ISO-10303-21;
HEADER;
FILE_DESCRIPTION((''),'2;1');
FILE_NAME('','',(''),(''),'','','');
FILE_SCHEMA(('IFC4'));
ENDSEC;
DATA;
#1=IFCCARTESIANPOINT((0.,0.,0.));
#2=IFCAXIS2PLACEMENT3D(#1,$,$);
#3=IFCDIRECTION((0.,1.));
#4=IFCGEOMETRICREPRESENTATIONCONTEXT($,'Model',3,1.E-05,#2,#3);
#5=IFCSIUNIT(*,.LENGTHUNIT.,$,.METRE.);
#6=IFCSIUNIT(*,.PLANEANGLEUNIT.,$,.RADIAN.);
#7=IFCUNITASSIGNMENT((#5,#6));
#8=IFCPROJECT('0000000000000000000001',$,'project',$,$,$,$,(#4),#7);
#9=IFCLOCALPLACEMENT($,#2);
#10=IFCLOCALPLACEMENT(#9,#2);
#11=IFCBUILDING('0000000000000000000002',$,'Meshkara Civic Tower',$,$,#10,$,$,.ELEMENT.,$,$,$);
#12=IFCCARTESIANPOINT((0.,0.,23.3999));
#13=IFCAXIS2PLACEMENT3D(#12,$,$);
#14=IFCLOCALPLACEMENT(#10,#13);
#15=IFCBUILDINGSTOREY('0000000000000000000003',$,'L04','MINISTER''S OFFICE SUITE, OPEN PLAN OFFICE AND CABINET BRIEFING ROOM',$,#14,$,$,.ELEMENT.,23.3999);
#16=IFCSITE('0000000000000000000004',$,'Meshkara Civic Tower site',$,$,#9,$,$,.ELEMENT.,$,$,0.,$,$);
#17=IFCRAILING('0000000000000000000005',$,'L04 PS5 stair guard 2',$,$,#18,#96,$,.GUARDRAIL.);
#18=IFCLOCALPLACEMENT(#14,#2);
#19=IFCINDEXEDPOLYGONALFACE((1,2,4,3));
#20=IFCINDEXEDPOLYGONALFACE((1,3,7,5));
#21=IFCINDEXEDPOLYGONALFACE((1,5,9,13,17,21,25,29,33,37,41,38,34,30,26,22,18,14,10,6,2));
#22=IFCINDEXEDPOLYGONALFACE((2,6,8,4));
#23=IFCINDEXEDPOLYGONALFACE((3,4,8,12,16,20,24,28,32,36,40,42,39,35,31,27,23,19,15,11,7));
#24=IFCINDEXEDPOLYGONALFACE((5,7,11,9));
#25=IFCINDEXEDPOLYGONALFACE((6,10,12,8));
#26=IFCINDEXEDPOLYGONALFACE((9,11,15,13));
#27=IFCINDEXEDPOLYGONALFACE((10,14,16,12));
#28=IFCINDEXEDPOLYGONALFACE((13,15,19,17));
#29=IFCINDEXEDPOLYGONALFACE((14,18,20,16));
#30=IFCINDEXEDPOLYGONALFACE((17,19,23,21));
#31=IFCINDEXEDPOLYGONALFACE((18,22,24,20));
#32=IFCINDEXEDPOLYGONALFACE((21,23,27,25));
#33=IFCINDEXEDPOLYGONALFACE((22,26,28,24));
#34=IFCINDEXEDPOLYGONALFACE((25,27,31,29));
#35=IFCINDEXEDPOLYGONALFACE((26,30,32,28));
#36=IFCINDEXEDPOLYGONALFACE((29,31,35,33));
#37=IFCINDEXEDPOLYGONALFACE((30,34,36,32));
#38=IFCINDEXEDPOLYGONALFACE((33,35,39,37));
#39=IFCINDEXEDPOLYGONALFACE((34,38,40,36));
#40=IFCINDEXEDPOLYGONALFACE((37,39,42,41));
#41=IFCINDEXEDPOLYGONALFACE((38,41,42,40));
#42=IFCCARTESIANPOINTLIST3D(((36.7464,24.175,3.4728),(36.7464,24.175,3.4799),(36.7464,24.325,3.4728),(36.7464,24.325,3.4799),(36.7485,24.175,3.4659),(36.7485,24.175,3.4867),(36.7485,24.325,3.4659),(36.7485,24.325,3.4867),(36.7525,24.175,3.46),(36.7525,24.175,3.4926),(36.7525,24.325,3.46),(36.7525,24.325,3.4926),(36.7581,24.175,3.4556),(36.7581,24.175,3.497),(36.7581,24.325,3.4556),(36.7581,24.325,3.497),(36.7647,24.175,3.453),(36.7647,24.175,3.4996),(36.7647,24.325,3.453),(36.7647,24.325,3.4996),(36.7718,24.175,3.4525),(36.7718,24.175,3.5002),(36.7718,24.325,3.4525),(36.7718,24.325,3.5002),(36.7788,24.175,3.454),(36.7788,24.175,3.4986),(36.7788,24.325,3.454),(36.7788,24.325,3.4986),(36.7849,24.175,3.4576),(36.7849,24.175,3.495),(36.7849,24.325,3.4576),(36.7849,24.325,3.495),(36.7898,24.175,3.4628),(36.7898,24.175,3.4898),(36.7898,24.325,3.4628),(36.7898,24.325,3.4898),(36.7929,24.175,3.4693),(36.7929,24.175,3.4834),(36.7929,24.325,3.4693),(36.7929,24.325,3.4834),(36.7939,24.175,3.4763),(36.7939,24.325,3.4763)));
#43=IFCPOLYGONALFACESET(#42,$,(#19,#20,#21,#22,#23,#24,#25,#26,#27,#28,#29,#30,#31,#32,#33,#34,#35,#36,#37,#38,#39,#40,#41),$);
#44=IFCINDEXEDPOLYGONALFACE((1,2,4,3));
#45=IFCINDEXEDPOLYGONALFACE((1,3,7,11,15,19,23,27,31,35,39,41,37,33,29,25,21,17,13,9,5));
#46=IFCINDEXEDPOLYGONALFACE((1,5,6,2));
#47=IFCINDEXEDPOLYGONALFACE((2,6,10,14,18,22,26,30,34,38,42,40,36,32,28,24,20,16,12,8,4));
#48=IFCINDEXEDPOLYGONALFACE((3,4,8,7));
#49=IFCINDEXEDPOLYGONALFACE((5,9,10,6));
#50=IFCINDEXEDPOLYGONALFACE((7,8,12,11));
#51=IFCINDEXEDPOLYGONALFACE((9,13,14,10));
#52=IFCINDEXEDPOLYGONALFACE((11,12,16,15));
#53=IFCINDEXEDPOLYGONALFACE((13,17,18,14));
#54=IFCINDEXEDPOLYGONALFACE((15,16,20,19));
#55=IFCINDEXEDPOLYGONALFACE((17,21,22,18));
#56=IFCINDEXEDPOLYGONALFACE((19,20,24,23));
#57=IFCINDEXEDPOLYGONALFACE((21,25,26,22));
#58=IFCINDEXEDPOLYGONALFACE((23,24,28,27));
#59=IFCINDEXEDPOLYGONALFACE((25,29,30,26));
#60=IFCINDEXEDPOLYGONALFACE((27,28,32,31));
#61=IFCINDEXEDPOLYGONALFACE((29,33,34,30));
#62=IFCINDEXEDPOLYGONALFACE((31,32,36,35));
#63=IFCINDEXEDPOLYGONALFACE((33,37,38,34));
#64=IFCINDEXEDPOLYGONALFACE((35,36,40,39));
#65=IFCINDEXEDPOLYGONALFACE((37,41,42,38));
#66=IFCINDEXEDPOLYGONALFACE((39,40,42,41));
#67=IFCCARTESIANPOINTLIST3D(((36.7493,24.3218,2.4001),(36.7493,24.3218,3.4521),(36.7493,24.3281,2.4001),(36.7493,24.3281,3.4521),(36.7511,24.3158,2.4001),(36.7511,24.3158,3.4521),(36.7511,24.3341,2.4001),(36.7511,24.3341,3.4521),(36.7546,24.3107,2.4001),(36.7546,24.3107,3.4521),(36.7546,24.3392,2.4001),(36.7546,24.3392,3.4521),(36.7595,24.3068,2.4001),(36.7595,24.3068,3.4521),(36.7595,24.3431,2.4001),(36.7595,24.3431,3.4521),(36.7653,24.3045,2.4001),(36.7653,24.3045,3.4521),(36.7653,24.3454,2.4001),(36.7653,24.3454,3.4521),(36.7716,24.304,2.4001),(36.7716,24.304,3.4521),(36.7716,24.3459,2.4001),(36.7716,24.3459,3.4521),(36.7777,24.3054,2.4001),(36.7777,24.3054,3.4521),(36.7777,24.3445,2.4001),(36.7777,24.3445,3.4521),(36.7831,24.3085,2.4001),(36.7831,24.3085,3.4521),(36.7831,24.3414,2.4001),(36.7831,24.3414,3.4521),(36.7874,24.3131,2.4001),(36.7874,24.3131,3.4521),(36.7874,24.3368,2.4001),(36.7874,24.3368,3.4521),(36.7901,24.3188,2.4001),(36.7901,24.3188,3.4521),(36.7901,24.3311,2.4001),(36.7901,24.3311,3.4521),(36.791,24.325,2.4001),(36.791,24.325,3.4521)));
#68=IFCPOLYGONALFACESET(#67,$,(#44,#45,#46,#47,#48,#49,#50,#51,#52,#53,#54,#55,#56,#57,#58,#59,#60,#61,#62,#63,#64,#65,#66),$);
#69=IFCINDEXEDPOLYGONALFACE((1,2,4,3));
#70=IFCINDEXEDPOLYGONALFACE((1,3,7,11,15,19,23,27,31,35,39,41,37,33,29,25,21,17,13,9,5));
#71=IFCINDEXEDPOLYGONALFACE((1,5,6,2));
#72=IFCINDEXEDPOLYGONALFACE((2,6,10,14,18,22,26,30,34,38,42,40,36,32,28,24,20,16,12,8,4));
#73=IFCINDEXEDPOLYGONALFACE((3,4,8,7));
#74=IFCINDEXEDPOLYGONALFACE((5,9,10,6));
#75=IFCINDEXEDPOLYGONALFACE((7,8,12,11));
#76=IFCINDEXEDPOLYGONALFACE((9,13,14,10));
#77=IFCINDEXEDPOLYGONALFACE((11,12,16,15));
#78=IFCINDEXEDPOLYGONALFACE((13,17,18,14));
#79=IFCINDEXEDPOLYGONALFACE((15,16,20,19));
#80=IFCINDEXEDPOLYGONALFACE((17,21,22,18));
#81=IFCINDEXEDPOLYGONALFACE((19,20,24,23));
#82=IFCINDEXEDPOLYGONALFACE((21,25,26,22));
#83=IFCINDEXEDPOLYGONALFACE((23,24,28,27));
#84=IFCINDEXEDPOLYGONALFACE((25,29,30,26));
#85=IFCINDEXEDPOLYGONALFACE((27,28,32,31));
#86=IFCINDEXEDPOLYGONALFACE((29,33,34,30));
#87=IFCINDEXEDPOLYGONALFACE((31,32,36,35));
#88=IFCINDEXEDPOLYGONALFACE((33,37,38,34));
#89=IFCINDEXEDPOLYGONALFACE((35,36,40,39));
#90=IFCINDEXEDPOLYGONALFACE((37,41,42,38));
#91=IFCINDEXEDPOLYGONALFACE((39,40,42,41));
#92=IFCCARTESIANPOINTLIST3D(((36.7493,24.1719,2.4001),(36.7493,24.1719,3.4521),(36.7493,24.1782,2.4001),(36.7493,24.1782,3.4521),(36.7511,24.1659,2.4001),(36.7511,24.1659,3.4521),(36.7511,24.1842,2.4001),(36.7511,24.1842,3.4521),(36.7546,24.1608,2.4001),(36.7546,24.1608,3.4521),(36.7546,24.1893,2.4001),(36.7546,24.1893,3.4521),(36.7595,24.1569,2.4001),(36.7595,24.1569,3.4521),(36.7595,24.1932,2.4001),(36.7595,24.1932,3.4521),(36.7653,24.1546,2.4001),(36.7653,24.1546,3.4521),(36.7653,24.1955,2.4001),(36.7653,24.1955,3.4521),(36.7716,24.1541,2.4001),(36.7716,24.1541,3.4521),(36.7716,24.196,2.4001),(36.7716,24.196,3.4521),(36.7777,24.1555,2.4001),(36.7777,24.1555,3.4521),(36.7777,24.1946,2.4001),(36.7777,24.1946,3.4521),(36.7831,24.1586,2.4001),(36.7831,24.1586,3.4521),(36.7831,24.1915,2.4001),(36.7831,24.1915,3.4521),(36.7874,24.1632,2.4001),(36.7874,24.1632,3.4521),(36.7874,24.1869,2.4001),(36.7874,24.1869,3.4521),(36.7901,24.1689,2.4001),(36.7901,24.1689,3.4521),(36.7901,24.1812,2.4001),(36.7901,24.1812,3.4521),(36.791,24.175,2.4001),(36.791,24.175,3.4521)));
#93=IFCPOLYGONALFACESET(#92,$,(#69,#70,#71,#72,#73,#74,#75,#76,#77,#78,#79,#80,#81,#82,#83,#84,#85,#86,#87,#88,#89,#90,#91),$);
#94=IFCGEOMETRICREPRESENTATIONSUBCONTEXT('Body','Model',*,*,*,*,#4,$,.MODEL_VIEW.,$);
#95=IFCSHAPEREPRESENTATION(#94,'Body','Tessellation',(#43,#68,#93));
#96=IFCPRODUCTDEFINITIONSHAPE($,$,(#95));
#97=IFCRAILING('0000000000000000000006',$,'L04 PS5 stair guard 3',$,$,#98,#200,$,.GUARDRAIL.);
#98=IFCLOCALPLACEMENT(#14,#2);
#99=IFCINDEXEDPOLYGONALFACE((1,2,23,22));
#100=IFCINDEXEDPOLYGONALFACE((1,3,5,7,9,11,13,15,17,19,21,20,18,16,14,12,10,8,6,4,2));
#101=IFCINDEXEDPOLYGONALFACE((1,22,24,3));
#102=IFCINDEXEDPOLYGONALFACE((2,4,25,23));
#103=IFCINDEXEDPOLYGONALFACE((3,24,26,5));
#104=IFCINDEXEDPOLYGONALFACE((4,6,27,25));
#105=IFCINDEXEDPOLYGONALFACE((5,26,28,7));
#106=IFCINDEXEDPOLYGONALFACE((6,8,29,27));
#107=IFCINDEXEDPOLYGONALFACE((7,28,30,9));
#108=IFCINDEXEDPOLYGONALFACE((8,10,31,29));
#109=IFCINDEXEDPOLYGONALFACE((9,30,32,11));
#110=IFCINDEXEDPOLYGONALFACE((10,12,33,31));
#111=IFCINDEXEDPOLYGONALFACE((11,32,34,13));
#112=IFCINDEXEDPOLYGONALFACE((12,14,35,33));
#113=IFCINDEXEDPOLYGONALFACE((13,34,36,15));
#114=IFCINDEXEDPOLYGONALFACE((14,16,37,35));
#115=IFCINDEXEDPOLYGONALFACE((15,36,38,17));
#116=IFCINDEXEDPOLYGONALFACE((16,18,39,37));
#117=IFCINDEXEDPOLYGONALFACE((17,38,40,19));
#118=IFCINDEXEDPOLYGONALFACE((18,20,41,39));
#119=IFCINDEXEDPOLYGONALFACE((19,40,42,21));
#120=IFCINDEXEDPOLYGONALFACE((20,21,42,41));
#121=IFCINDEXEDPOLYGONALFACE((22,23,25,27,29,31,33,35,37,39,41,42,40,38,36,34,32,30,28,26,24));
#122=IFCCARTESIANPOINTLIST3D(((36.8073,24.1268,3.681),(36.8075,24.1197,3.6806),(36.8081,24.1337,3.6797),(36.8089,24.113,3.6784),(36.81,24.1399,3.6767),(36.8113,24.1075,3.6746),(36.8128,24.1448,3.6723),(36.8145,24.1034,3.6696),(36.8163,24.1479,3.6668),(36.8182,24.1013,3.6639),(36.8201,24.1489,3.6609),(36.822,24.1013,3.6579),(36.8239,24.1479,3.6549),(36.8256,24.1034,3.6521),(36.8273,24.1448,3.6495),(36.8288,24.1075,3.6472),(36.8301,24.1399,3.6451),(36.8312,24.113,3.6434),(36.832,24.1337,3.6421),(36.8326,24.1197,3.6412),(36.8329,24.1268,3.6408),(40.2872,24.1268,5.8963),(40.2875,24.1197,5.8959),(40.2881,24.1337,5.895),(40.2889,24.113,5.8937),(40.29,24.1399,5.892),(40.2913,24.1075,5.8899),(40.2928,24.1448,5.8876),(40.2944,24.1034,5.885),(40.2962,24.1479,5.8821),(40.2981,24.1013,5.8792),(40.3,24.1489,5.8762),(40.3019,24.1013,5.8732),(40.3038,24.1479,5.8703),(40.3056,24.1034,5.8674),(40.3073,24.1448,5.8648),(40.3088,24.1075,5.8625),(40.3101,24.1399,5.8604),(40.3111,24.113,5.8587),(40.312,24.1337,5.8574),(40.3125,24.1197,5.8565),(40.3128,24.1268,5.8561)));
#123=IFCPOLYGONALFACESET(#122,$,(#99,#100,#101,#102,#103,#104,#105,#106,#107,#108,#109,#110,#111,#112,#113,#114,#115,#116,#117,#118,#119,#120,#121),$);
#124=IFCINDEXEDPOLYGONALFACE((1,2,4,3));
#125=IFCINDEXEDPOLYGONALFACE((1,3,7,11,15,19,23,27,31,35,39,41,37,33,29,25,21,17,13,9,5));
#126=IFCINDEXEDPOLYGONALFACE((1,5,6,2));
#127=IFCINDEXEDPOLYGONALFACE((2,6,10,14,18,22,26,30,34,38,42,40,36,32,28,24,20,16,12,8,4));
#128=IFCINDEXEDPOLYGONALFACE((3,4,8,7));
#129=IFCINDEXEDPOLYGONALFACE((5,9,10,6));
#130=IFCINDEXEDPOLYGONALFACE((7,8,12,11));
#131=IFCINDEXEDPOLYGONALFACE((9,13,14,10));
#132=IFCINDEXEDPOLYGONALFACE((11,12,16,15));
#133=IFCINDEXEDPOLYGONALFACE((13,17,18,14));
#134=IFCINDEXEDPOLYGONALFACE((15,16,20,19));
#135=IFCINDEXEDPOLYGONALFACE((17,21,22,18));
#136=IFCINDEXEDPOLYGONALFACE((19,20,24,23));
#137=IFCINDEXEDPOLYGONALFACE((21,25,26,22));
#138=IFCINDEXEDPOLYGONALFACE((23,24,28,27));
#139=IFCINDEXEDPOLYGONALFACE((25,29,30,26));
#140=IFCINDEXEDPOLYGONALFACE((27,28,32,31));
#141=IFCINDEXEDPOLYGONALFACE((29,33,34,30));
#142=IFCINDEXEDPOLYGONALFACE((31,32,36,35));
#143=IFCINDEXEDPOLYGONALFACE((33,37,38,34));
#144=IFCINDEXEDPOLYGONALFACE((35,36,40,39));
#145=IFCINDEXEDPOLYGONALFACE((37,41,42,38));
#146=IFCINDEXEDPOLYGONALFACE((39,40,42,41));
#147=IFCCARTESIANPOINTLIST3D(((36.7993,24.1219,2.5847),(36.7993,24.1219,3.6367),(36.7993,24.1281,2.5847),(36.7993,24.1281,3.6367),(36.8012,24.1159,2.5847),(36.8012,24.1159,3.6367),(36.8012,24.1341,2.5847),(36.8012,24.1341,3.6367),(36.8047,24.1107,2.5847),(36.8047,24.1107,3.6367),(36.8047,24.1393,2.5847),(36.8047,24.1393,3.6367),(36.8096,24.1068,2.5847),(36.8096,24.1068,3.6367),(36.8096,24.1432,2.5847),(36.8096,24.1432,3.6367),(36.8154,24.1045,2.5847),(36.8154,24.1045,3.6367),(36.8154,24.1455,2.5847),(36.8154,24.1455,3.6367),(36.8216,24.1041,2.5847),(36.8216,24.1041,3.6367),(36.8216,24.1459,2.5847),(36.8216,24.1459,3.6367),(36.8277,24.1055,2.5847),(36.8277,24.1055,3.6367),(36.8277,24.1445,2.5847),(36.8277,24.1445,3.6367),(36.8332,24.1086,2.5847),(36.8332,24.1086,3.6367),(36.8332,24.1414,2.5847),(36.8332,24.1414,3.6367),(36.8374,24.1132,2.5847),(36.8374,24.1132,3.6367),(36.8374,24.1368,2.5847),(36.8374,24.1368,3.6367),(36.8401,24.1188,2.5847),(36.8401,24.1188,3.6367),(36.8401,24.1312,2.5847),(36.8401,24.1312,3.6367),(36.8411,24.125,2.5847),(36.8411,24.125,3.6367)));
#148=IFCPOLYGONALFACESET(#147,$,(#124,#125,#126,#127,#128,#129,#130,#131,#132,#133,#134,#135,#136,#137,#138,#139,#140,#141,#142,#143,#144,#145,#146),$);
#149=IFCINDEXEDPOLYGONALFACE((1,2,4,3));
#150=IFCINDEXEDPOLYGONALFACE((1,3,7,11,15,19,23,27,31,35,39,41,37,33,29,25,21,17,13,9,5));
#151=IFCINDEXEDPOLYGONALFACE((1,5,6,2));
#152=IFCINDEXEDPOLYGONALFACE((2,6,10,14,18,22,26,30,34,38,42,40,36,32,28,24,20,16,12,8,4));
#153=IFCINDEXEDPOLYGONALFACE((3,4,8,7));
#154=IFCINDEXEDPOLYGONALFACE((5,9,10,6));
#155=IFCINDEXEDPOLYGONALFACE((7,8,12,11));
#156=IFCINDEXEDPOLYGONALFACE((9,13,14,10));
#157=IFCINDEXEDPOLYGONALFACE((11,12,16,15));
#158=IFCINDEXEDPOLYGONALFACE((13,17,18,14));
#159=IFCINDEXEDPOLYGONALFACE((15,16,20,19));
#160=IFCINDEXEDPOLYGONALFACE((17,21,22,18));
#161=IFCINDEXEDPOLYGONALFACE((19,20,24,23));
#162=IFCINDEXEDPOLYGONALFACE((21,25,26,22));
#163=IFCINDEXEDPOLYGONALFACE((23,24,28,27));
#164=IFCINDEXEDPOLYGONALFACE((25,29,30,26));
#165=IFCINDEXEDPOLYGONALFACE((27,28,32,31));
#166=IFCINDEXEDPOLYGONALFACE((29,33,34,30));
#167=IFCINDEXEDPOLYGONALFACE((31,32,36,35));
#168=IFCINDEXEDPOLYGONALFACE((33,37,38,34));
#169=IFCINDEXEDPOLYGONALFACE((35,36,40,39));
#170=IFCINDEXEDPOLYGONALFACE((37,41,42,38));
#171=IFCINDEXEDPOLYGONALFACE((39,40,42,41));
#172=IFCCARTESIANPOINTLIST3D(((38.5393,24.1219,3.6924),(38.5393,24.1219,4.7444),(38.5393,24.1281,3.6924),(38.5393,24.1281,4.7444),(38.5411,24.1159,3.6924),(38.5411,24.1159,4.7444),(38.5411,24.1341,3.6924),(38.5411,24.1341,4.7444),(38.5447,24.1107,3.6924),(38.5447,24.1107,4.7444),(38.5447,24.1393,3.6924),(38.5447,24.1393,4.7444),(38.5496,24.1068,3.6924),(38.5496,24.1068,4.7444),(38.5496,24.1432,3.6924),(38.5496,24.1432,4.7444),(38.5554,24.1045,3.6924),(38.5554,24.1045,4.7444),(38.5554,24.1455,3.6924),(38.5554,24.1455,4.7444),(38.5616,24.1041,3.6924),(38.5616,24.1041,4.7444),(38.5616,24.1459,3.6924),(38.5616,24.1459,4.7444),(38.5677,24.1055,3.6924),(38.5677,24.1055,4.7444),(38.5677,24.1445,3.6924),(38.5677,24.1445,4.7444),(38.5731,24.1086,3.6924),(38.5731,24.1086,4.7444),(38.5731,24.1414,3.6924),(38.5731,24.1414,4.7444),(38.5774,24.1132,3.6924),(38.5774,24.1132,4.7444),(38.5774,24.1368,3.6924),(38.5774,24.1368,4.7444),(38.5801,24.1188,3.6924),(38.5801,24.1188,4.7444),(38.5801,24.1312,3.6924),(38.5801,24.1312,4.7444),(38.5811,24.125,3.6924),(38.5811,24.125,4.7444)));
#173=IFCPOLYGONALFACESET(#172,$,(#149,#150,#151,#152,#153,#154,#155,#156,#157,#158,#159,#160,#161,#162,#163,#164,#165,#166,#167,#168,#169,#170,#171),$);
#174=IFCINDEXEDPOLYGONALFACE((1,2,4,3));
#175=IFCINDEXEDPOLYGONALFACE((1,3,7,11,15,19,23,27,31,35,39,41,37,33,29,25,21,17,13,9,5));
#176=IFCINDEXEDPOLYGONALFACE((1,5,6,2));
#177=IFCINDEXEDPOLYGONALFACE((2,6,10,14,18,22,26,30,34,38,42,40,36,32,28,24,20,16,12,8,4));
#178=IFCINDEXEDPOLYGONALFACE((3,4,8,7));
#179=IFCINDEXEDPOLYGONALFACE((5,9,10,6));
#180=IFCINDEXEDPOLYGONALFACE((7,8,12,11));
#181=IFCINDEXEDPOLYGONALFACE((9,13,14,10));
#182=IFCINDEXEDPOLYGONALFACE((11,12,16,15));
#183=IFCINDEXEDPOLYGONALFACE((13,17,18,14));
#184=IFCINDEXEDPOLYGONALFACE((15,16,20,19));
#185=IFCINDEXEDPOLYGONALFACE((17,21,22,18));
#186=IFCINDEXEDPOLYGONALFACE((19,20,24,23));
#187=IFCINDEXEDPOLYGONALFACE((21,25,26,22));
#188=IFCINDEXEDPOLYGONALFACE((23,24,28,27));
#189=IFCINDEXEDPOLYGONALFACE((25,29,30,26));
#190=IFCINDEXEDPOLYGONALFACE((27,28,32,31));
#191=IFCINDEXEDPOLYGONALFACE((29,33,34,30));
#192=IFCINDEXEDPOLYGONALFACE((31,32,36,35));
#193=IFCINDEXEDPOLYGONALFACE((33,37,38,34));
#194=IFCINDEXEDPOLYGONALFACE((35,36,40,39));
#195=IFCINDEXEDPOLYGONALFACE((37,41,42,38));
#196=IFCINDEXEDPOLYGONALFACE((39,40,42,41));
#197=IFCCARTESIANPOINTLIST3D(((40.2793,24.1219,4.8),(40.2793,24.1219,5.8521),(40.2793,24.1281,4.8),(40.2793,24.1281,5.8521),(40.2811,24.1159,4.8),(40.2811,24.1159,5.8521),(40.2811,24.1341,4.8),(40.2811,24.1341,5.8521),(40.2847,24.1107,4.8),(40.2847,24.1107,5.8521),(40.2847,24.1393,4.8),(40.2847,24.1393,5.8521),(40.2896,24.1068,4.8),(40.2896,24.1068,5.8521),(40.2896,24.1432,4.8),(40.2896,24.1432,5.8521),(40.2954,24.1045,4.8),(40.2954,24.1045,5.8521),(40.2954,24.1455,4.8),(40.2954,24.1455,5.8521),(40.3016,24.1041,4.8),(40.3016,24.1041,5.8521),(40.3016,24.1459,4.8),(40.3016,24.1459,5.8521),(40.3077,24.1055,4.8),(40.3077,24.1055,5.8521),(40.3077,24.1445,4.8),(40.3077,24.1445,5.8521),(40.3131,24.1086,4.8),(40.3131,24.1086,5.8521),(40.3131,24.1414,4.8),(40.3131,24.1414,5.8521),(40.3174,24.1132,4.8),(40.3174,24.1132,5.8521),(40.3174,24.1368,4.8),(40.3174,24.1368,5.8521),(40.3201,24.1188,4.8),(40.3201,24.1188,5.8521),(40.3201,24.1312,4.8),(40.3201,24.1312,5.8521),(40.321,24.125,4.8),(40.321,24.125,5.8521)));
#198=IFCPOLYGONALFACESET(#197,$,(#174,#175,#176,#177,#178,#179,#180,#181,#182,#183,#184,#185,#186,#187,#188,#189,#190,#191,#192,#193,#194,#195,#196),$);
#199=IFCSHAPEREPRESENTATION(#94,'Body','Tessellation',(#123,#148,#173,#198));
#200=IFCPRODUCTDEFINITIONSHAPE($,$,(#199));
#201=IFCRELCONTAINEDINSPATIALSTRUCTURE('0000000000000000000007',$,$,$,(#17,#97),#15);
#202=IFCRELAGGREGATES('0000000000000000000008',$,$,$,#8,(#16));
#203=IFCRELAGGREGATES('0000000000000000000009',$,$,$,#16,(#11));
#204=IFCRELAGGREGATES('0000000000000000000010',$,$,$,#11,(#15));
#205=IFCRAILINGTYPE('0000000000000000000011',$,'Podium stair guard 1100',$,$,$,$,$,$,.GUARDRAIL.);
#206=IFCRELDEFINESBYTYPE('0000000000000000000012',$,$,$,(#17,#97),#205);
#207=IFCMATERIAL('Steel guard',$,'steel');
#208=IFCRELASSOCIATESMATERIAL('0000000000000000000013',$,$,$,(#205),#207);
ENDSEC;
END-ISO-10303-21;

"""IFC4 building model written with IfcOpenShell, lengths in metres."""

from ifc_helpers import new_model, si_unit, direction, frame, origin, origin_2d, place, context, subcontext, project, spatial, circle, extrude, material, type_object, element, save


model = new_model("IFC4")

# Units and contexts
model_context = context("Model", 3, precision=1e-05, world=origin(), true_north=direction((0.0, 1.0)))
body_context = subcontext(model_context, "Body", "Model", "MODEL_VIEW")
ifc_project = project(units=[si_unit("LENGTHUNIT", "METRE"), si_unit("PLANEANGLEUNIT", "RADIAN")], contexts=[model_context])

# Site, building, storey
site_placement = place(None, origin())
site = spatial("IfcSite", under=ifc_project, at=site_placement, Name="Meshkara Civic Tower site", CompositionType="ELEMENT", RefElevation=0.0)
building_placement = place(site_placement, origin())
building = spatial("IfcBuilding", under=site, at=building_placement, Name="Meshkara Civic Tower", CompositionType="ELEMENT")
storey_placement = place(building_placement, frame((0.0, 0.0, 23.3999)))
storey = spatial("IfcBuildingStorey", under=building, at=storey_placement, Name="L04", Description="MINISTER'S OFFICE SUITE, OPEN PLAN OFFICE AND CABINET BRIEFING ROOM", CompositionType="ELEMENT", Elevation=23.3999)

# Railings
ifc_material_1 = material(Name="Steel guard", Category="steel")
railing_type_1 = type_object("IfcRailingType", Name="Podium stair guard 1100", PredefinedType="GUARDRAIL", material=ifc_material_1)
railing_1_placement = place(storey_placement, frame((36.77, 24.325, 2.4001)))
element("IfcRailing", 1, at=railing_1_placement, inside=storey, type_object=railing_type_1, Name="L04 PS5 stair guard 2", PredefinedType="GUARDRAIL", context=body_context, shape_type="SweptSolid", body=[
    extrude(circle(Radius=0.0239, at=origin_2d()), frame((0.0, 0.0, 1.0762), z_axis=(0.0, -1.0, 0.0), x_axis=(1.0, 0.0, 0.0)), (0.0, 0.0, 1.0), 0.1499),
    extrude(circle(Radius=0.021, at=origin_2d()), origin(), (0.0, 0.0, 1.0), 1.052),
    extrude(circle(Radius=0.021, at=origin_2d()), frame((0.0, -0.1499, 0.0)), (0.0, 0.0, 1.0), 1.052),
])
railing_2_placement = place(storey_placement, frame((36.8201, 24.125, 2.5847)))
element("IfcRailing", 2, at=railing_2_placement, inside=storey, type_object=railing_type_1, Name="L04 PS5 stair guard 3", PredefinedType="GUARDRAIL", context=body_context, shape_type="SweptSolid", body=[
    extrude(circle(Radius=0.0239, at=origin_2d()), frame((0.0, 0.0, 1.0762), z_axis=(0.843574, 0.0, 0.537013), x_axis=(0.0, 1.0, 0.0)), (0.0, 0.0, 1.0), 4.1252),
    extrude(circle(Radius=0.021, at=origin_2d()), origin(), (0.0, 0.0, 1.0), 1.052),
    extrude(circle(Radius=0.021, at=origin_2d()), frame((1.74, 0.0, 1.1077)), (0.0, 0.0, 1.0), 1.052),
    extrude(circle(Radius=0.021, at=origin_2d()), frame((3.48, 0.0, 2.2153)), (0.0, 0.0, 1.0), 1.052),
])

save(model, "model.ifc")
